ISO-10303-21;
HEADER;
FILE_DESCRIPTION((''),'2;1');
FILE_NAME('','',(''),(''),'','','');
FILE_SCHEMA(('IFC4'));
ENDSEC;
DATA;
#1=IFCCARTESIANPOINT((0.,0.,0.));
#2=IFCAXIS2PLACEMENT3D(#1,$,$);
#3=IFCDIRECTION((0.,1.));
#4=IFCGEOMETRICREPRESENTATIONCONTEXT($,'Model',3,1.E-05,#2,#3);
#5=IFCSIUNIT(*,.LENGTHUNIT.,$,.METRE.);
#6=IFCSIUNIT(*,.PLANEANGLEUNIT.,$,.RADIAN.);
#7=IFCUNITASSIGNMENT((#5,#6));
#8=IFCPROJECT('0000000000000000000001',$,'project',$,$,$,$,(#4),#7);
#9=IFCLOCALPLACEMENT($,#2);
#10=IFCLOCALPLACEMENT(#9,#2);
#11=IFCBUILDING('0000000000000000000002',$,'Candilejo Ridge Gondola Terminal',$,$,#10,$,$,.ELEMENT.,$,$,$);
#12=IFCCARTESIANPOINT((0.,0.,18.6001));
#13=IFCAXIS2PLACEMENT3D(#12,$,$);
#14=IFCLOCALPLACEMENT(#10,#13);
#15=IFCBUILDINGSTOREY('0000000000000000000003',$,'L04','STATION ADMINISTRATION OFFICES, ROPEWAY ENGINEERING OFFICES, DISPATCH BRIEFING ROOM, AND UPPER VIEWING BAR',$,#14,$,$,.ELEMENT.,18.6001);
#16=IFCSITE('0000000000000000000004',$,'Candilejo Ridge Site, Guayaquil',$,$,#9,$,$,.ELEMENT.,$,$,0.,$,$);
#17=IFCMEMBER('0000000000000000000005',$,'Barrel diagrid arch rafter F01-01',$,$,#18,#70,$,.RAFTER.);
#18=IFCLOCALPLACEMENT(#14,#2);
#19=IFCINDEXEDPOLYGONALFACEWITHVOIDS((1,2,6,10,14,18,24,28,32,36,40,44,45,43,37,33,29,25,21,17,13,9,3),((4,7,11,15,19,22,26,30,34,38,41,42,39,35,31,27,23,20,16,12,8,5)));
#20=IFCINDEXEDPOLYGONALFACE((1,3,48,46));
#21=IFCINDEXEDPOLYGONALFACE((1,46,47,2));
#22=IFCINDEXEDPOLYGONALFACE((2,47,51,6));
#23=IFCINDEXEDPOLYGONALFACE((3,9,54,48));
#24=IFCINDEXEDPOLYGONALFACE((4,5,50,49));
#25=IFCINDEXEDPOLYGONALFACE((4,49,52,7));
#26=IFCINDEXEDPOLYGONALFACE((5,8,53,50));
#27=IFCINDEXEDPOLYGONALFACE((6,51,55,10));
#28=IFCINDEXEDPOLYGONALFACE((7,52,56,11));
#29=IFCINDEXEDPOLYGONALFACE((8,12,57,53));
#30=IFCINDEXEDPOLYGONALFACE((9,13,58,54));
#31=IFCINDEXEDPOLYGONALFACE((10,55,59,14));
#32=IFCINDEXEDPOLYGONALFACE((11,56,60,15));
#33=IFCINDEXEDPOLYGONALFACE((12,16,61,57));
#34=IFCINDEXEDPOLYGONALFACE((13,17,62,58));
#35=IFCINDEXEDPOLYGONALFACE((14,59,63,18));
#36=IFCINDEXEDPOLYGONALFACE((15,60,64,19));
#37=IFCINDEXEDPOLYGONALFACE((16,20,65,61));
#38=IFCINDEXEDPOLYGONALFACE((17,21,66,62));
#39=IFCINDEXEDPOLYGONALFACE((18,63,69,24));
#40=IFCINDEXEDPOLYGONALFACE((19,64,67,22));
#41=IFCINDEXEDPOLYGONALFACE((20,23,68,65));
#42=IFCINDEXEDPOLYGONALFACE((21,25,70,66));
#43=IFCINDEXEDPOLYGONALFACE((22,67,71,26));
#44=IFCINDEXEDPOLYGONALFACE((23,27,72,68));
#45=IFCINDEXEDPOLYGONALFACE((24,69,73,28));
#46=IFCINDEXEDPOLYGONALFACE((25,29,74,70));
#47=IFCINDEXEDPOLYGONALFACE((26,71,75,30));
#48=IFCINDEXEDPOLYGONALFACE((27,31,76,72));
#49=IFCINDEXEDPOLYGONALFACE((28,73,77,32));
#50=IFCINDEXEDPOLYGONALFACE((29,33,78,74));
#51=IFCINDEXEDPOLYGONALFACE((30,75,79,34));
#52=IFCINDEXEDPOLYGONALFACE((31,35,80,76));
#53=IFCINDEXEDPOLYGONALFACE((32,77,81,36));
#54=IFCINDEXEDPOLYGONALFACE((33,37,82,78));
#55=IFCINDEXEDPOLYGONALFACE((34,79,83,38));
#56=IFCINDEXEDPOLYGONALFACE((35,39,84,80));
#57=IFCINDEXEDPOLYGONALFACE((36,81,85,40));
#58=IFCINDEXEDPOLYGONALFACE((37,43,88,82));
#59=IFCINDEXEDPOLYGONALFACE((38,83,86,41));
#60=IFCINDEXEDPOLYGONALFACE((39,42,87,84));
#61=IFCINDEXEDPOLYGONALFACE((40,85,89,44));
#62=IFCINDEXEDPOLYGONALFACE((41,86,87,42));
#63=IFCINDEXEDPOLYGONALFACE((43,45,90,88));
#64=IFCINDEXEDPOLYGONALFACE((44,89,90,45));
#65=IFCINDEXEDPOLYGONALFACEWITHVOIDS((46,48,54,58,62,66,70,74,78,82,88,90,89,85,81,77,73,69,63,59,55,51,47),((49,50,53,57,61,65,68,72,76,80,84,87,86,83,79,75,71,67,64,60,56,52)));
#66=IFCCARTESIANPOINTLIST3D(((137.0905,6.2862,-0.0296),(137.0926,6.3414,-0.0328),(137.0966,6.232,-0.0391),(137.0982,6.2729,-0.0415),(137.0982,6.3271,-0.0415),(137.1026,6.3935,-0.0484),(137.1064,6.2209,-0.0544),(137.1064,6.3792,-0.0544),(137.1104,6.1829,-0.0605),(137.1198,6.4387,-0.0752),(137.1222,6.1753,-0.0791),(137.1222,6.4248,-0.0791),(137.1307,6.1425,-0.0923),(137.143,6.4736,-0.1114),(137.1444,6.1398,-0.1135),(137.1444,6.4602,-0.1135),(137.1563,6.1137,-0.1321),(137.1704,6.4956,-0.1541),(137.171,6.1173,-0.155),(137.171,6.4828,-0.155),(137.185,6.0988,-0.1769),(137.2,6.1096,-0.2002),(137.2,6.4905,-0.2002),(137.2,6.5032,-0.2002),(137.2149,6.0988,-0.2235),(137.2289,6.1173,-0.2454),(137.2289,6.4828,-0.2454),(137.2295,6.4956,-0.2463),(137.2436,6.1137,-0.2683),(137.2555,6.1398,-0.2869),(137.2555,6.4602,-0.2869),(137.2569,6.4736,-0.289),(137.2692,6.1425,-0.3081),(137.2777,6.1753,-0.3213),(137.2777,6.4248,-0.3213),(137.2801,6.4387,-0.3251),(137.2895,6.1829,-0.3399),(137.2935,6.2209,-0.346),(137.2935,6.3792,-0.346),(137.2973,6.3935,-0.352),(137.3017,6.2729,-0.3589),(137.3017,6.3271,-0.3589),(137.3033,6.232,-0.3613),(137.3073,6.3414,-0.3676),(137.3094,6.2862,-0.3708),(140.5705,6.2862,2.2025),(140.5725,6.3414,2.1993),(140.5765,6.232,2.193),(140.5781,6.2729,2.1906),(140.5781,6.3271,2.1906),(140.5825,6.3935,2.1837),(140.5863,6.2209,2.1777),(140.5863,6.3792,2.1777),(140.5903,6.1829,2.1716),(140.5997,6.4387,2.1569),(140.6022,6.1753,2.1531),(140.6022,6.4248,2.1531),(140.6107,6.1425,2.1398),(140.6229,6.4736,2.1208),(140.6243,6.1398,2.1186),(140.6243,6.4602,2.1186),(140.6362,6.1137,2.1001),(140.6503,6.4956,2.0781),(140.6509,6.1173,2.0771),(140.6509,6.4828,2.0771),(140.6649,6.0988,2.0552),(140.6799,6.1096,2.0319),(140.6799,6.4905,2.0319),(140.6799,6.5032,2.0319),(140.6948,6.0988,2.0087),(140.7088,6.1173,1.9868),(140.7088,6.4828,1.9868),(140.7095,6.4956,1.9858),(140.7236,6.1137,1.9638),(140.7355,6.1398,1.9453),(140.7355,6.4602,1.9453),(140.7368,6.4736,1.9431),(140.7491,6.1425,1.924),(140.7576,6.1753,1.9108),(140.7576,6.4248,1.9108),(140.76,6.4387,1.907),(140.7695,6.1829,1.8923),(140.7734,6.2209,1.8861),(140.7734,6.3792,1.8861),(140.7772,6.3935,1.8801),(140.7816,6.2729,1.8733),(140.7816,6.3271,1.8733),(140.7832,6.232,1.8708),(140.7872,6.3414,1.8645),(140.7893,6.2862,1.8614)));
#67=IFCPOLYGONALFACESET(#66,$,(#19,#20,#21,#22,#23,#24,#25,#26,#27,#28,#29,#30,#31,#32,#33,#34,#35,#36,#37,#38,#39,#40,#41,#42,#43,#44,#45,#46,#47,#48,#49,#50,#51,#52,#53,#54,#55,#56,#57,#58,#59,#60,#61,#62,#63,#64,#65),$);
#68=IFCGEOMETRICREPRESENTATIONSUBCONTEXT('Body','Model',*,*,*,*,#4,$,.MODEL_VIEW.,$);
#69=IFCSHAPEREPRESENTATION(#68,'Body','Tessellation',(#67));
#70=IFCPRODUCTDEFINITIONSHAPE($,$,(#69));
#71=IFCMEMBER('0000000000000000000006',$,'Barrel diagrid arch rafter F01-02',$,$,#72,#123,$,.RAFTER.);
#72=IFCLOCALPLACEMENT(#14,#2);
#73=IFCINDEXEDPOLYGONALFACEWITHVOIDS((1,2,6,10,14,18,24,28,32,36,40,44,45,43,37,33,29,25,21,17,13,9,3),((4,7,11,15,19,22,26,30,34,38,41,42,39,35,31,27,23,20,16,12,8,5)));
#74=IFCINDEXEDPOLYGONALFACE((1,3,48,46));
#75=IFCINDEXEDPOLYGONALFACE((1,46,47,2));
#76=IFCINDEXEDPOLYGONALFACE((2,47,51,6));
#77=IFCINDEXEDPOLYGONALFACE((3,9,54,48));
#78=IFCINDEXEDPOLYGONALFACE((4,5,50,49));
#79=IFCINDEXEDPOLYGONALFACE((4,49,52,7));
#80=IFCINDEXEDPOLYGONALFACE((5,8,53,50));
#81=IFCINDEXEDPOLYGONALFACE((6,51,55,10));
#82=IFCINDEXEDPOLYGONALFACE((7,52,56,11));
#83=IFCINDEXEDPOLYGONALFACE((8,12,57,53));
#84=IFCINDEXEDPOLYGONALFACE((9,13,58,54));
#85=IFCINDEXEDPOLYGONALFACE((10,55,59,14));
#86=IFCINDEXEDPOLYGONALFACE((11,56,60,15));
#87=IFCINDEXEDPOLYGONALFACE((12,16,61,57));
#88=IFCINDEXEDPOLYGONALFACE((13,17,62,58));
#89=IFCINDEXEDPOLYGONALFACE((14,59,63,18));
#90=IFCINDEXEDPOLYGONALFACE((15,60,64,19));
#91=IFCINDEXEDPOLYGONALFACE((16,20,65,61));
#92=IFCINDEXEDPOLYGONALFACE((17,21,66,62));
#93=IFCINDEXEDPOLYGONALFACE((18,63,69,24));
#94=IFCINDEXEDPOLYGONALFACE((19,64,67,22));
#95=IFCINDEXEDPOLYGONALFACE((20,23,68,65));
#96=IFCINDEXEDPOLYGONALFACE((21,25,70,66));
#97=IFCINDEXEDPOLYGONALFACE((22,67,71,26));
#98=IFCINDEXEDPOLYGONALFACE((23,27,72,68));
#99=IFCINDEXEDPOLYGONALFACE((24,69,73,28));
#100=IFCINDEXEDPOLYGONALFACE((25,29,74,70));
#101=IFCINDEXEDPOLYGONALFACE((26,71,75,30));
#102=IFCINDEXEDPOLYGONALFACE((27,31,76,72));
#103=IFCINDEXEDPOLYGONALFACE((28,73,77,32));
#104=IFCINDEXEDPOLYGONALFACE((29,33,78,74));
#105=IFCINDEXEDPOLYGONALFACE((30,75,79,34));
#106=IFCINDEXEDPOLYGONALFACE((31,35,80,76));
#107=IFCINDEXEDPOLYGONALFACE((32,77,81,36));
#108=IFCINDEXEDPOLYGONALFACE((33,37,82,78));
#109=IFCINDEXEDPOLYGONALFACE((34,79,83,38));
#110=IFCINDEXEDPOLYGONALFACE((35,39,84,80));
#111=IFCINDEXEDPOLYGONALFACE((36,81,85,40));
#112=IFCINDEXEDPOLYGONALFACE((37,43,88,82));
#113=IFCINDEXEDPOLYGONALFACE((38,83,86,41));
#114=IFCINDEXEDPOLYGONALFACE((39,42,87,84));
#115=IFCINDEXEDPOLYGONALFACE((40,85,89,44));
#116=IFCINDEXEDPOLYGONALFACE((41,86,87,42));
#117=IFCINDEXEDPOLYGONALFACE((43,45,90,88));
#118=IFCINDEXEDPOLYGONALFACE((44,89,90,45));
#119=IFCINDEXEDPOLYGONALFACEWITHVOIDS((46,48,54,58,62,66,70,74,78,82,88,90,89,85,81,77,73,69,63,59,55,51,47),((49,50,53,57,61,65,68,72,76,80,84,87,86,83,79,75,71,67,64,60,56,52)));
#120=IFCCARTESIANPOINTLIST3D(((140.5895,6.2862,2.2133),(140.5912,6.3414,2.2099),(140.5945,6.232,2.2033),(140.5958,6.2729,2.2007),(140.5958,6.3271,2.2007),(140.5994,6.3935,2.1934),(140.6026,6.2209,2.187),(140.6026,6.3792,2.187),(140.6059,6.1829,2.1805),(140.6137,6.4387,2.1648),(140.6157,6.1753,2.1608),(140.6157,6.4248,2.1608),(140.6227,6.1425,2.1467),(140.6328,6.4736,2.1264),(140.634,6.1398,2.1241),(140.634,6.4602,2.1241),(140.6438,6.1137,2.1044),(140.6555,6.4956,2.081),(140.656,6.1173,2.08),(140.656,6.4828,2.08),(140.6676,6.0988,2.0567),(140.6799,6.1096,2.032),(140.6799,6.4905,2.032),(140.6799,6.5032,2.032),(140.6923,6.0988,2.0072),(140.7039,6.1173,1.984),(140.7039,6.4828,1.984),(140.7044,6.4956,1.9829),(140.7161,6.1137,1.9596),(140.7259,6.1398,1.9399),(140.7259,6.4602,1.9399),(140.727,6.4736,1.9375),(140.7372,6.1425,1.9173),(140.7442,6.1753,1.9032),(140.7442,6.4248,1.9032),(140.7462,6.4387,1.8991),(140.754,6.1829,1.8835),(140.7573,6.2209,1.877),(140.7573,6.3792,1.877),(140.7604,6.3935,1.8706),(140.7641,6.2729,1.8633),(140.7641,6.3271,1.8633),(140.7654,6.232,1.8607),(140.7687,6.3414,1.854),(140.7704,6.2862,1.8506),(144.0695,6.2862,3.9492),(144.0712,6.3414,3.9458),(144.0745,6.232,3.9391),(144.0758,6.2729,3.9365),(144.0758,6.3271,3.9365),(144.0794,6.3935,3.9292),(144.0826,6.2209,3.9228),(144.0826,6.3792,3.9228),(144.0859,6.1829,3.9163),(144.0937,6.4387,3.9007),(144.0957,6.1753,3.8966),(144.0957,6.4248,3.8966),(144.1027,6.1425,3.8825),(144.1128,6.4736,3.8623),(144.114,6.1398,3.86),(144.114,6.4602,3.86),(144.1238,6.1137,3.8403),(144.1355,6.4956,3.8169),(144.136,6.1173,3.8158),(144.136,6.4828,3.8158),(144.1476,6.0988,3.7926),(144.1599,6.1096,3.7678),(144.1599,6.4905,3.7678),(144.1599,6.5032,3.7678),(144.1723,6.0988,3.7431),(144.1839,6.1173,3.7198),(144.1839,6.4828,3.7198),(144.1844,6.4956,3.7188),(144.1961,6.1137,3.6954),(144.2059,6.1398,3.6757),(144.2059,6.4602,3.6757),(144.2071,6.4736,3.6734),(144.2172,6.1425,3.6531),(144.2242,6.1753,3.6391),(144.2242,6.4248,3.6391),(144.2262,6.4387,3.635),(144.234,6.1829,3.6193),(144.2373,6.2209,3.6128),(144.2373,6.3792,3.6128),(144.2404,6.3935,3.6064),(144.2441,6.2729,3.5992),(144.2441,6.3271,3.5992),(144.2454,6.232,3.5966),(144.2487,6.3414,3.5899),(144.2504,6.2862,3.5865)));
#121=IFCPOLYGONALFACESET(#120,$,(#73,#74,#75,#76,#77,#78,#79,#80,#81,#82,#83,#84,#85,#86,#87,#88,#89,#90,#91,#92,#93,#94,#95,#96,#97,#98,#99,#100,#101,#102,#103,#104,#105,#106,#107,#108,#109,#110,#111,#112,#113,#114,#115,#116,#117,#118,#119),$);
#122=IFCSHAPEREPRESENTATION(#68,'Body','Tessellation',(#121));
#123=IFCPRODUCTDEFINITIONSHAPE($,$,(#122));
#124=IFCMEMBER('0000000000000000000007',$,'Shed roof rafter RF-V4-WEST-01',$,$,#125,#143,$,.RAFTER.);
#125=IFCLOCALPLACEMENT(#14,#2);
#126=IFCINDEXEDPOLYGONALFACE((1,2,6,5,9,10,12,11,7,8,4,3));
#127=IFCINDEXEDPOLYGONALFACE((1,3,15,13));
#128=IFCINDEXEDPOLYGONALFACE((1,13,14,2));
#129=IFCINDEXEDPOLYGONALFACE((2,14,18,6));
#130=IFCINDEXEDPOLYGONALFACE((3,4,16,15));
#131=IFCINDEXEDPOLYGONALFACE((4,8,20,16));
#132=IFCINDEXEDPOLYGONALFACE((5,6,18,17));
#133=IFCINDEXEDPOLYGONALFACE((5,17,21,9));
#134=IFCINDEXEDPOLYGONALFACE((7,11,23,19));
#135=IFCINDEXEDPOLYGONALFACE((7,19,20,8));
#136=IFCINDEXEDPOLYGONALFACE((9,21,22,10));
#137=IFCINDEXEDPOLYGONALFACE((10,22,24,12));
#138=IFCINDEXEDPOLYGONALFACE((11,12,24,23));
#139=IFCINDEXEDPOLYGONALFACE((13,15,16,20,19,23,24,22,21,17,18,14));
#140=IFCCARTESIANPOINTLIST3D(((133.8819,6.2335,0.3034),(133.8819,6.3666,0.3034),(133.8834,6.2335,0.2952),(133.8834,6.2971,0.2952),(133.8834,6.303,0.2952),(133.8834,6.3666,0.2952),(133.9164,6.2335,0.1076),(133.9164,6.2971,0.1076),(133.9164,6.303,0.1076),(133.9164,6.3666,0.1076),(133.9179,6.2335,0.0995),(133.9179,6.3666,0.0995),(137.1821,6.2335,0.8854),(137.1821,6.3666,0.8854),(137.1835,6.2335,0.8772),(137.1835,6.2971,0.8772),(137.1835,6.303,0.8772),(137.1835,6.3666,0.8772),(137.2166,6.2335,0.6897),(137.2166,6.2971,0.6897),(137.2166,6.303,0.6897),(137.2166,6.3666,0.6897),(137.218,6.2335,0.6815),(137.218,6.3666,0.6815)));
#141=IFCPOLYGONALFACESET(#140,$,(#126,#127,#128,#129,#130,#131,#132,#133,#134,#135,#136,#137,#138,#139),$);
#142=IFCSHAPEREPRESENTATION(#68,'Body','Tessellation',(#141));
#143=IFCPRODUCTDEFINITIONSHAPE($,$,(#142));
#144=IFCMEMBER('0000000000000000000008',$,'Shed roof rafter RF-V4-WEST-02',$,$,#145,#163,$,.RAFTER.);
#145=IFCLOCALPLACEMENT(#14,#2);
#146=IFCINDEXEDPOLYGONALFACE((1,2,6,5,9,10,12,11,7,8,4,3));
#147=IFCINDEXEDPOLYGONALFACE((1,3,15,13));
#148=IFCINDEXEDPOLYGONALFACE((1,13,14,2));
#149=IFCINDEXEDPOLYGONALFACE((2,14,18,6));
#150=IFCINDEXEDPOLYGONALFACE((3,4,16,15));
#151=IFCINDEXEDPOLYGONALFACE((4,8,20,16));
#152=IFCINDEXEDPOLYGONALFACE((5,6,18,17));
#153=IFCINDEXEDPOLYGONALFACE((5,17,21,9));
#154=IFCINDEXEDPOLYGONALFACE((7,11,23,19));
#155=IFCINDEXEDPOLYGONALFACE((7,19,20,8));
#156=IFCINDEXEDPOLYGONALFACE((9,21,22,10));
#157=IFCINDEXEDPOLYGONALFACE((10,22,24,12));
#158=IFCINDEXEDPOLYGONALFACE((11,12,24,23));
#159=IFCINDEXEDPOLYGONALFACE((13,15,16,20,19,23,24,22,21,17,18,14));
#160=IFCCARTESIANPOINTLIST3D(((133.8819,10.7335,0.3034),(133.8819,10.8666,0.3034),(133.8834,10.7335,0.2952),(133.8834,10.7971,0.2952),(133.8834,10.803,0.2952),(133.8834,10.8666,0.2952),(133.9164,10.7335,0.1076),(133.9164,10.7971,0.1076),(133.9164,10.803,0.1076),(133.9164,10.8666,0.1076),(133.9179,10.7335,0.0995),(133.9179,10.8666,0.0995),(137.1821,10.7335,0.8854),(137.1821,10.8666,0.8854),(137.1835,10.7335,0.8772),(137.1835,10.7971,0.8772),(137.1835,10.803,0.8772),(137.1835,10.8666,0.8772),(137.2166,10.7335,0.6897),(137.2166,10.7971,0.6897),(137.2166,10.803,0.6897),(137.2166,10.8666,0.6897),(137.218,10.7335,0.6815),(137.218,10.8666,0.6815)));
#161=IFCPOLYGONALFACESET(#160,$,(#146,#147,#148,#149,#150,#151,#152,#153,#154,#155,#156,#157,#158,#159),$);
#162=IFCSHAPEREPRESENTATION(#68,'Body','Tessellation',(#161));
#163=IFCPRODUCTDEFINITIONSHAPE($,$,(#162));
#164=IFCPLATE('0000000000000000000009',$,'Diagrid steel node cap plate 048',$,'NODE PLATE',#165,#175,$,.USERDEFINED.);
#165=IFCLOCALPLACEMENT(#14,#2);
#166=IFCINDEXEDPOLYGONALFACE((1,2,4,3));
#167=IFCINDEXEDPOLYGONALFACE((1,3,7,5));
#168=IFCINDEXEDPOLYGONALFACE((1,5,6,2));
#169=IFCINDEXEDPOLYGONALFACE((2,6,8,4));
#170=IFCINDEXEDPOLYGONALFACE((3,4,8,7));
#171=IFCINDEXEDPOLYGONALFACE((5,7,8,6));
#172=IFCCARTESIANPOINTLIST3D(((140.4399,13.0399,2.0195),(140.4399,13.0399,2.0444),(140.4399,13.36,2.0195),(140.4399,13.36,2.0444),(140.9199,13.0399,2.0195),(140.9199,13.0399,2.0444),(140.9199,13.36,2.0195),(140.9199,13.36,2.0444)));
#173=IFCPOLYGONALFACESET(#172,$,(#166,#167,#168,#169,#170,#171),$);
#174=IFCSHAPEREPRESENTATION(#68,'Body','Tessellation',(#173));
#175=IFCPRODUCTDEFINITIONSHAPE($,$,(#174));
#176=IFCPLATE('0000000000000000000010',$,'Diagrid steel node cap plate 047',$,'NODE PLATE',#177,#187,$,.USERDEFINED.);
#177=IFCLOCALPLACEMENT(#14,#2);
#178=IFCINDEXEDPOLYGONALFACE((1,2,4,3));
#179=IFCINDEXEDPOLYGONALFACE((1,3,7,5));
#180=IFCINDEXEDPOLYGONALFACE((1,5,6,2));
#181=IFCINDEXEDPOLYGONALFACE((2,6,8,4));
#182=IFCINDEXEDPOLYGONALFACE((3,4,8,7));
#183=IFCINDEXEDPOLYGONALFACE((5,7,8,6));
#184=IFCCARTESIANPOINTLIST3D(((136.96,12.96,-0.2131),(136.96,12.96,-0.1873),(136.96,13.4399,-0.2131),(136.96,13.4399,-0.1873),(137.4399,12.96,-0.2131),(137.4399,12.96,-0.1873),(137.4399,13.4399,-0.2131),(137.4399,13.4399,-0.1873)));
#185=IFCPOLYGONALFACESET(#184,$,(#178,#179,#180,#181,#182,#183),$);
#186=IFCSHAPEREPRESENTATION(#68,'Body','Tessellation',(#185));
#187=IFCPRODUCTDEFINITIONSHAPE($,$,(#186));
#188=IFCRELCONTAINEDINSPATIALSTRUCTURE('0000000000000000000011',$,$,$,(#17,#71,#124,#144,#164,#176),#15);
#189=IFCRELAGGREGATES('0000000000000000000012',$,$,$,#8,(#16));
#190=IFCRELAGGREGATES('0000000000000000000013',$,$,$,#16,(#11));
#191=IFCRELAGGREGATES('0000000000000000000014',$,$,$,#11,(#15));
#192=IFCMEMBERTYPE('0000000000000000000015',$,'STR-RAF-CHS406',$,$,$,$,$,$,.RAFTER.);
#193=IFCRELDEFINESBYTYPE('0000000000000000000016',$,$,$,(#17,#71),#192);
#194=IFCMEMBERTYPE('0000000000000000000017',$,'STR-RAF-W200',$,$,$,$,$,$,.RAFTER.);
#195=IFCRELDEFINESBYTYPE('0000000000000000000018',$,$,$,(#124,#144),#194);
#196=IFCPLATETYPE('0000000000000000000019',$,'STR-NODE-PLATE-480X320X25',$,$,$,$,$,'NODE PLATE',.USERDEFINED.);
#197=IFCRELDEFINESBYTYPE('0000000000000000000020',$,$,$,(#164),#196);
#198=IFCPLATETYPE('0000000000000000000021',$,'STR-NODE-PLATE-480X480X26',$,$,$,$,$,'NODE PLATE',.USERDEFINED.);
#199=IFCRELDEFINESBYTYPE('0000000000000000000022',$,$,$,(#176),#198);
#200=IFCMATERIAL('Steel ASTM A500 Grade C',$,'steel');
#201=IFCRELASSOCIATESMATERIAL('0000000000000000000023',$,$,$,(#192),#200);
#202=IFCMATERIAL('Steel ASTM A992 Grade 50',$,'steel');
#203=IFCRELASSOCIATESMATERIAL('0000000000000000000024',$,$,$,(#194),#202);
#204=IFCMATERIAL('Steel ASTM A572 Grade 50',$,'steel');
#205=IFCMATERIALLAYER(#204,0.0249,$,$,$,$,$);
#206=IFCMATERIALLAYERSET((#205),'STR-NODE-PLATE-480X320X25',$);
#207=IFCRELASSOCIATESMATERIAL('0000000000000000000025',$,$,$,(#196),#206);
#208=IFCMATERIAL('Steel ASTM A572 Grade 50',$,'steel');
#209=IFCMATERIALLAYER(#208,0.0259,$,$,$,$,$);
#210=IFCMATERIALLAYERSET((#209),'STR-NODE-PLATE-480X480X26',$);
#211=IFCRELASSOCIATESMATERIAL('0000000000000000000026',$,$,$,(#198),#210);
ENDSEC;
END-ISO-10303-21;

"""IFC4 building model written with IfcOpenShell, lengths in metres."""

from ifc_helpers import new_model, si_unit, direction, frame, origin, origin_2d, place, context, subcontext, project, spatial, rectangle, hollow_circle, i_section, extrude, material, layer, layer_set, material_profile, profile_set, type_object, element, save


model = new_model("IFC4")

# Units and contexts
model_context = context("Model", 3, precision=1e-05, world=origin(), true_north=direction((0.0, 1.0)))
body_context = subcontext(model_context, "Body", "Model", "MODEL_VIEW")
ifc_project = project(units=[si_unit("LENGTHUNIT", "METRE"), si_unit("PLANEANGLEUNIT", "RADIAN")], contexts=[model_context])

# Site, building, storey
site_placement = place(None, origin())
site = spatial("IfcSite", under=ifc_project, at=site_placement, Name="Candilejo Ridge Site, Guayaquil", CompositionType="ELEMENT", RefElevation=0.0)
building_placement = place(site_placement, origin())
building = spatial("IfcBuilding", under=site, at=building_placement, Name="Candilejo Ridge Gondola Terminal", CompositionType="ELEMENT")
storey_placement = place(building_placement, frame((0.0, 0.0, 18.6001)))
storey = spatial("IfcBuildingStorey", under=building, at=storey_placement, Name="L04", Description="STATION ADMINISTRATION OFFICES, ROPEWAY ENGINEERING OFFICES, DISPATCH BRIEFING ROOM, AND UPPER VIEWING BAR", CompositionType="ELEMENT", Elevation=18.6001)

# Members
ifc_material_1 = material(Name="Steel ASTM A500 Grade C", Category="steel")
ifc_material_profile_1 = material_profile(ifc_material_1, hollow_circle(Radius=0.2031, WallThickness=0.0127, at=origin_2d()))
ifc_profile_set_1 = profile_set([ifc_material_profile_1], Name="Steel ASTM A500 Grade C")
member_type_1 = type_object("IfcMemberType", Name="STR-RAF-CHS406", PredefinedType="RAFTER", material=ifc_profile_set_1)
member_1_placement = place(storey_placement, frame((137.2, 6.3, -0.2002), z_axis=(0.841723, 0.0, 0.53991), x_axis=(0.0, 1.0, 0.0)))
element("IfcMember", 1, at=member_1_placement, inside=storey, type_object=member_type_1, Name="Barrel diagrid arch rafter F01-01", PredefinedType="RAFTER", context=body_context, shape_type="SweptSolid", body=[
    extrude(hollow_circle(Radius=0.2031, WallThickness=0.0127, at=origin_2d()), origin(), (0.0, 0.0, 1.0), 4.1343),
])
member_2_placement = place(storey_placement, frame((140.6799, 6.3, 2.032), z_axis=(0.894854, 0.0, 0.44636), x_axis=(0.0, 1.0, 0.0)))
element("IfcMember", 2, at=member_2_placement, inside=storey, type_object=member_type_1, Name="Barrel diagrid arch rafter F01-02", PredefinedType="RAFTER", context=body_context, shape_type="SweptSolid", body=[
    extrude(hollow_circle(Radius=0.2031, WallThickness=0.0127, at=origin_2d()), origin(), (0.0, 0.0, 1.0), 3.8889),
])
ifc_material_2 = material(Name="Steel ASTM A992 Grade 50", Category="steel")
ifc_material_profile_2 = material_profile(ifc_material_2, i_section(OverallWidth=0.1331, OverallDepth=0.207, WebThickness=0.0059, FlangeThickness=0.0083, at=origin_2d()))
ifc_profile_set_2 = profile_set([ifc_material_profile_2], Name="Steel ASTM A992 Grade 50")
member_type_2 = type_object("IfcMemberType", Name="STR-RAF-W200", PredefinedType="RAFTER", material=ifc_profile_set_2)
for number, where, z_axis, x_axis, name in (
    (3, (133.8999, 6.3, 0.2014), (0.9848, 0.0, 0.17369), (0.0, 1.0, 0.0), "Shed roof rafter RF-V4-WEST-01"),
    (4, (133.8999, 10.8, 0.2014), (0.9848, 0.0, 0.17369), (0.0, 1.0, 0.0), "Shed roof rafter RF-V4-WEST-02"),
):
    element("IfcMember", number, at=place(storey_placement, frame(where, z_axis=z_axis, x_axis=x_axis)), inside=storey, type_object=member_type_2, Name=name, PredefinedType="RAFTER", context=body_context, shape_type="SweptSolid", body=[
        extrude(i_section(OverallWidth=0.1331, OverallDepth=0.207, WebThickness=0.0059, FlangeThickness=0.0083, at=origin_2d()), origin(), (0.0, 0.0, 1.0), 3.3511),
    ])

# Plates
ifc_material_3 = material(Name="Steel ASTM A572 Grade 50", Category="steel")
ifc_layer_1 = layer(ifc_material_3, 0.0249)
ifc_layer_set_1 = layer_set([ifc_layer_1], Name="STR-NODE-PLATE-480X320X25")
plate_type_1 = type_object("IfcPlateType", Name="STR-NODE-PLATE-480X320X25", ElementType="NODE PLATE", PredefinedType="USERDEFINED", material=ifc_layer_set_1)
plate_1_placement = place(storey_placement, frame((140.6799, 13.2, 2.0195), z_axis=(0.0, 0.0, 1.0), x_axis=(1.0, 0.0, 0.0)))
element("IfcPlate", 5, at=plate_1_placement, inside=storey, type_object=plate_type_1, Name="Diagrid steel node cap plate 048", ObjectType="NODE PLATE", PredefinedType="USERDEFINED", context=body_context, shape_type="SweptSolid", body=[
    extrude(rectangle(XDim=0.48, YDim=0.3201, at=origin_2d()), origin(), (0.0, 0.0, 1.0), 0.0249),
])
ifc_material_4 = material(Name="Steel ASTM A572 Grade 50", Category="steel")
ifc_layer_2 = layer(ifc_material_4, 0.0259)
ifc_layer_set_2 = layer_set([ifc_layer_2], Name="STR-NODE-PLATE-480X480X26")
plate_type_2 = type_object("IfcPlateType", Name="STR-NODE-PLATE-480X480X26", ElementType="NODE PLATE", PredefinedType="USERDEFINED", material=ifc_layer_set_2)
plate_2_placement = place(storey_placement, frame((137.2, 13.2, -0.2131), z_axis=(0.0, 0.0, 1.0), x_axis=(1.0, 0.0, 0.0)))
element("IfcPlate", 6, at=plate_2_placement, inside=storey, type_object=plate_type_2, Name="Diagrid steel node cap plate 047", ObjectType="NODE PLATE", PredefinedType="USERDEFINED", context=body_context, shape_type="SweptSolid", body=[
    extrude(rectangle(XDim=0.48, YDim=0.48, at=origin_2d()), origin(), (0.0, 0.0, 1.0), 0.0259),
])

save(model, "model.ifc")
